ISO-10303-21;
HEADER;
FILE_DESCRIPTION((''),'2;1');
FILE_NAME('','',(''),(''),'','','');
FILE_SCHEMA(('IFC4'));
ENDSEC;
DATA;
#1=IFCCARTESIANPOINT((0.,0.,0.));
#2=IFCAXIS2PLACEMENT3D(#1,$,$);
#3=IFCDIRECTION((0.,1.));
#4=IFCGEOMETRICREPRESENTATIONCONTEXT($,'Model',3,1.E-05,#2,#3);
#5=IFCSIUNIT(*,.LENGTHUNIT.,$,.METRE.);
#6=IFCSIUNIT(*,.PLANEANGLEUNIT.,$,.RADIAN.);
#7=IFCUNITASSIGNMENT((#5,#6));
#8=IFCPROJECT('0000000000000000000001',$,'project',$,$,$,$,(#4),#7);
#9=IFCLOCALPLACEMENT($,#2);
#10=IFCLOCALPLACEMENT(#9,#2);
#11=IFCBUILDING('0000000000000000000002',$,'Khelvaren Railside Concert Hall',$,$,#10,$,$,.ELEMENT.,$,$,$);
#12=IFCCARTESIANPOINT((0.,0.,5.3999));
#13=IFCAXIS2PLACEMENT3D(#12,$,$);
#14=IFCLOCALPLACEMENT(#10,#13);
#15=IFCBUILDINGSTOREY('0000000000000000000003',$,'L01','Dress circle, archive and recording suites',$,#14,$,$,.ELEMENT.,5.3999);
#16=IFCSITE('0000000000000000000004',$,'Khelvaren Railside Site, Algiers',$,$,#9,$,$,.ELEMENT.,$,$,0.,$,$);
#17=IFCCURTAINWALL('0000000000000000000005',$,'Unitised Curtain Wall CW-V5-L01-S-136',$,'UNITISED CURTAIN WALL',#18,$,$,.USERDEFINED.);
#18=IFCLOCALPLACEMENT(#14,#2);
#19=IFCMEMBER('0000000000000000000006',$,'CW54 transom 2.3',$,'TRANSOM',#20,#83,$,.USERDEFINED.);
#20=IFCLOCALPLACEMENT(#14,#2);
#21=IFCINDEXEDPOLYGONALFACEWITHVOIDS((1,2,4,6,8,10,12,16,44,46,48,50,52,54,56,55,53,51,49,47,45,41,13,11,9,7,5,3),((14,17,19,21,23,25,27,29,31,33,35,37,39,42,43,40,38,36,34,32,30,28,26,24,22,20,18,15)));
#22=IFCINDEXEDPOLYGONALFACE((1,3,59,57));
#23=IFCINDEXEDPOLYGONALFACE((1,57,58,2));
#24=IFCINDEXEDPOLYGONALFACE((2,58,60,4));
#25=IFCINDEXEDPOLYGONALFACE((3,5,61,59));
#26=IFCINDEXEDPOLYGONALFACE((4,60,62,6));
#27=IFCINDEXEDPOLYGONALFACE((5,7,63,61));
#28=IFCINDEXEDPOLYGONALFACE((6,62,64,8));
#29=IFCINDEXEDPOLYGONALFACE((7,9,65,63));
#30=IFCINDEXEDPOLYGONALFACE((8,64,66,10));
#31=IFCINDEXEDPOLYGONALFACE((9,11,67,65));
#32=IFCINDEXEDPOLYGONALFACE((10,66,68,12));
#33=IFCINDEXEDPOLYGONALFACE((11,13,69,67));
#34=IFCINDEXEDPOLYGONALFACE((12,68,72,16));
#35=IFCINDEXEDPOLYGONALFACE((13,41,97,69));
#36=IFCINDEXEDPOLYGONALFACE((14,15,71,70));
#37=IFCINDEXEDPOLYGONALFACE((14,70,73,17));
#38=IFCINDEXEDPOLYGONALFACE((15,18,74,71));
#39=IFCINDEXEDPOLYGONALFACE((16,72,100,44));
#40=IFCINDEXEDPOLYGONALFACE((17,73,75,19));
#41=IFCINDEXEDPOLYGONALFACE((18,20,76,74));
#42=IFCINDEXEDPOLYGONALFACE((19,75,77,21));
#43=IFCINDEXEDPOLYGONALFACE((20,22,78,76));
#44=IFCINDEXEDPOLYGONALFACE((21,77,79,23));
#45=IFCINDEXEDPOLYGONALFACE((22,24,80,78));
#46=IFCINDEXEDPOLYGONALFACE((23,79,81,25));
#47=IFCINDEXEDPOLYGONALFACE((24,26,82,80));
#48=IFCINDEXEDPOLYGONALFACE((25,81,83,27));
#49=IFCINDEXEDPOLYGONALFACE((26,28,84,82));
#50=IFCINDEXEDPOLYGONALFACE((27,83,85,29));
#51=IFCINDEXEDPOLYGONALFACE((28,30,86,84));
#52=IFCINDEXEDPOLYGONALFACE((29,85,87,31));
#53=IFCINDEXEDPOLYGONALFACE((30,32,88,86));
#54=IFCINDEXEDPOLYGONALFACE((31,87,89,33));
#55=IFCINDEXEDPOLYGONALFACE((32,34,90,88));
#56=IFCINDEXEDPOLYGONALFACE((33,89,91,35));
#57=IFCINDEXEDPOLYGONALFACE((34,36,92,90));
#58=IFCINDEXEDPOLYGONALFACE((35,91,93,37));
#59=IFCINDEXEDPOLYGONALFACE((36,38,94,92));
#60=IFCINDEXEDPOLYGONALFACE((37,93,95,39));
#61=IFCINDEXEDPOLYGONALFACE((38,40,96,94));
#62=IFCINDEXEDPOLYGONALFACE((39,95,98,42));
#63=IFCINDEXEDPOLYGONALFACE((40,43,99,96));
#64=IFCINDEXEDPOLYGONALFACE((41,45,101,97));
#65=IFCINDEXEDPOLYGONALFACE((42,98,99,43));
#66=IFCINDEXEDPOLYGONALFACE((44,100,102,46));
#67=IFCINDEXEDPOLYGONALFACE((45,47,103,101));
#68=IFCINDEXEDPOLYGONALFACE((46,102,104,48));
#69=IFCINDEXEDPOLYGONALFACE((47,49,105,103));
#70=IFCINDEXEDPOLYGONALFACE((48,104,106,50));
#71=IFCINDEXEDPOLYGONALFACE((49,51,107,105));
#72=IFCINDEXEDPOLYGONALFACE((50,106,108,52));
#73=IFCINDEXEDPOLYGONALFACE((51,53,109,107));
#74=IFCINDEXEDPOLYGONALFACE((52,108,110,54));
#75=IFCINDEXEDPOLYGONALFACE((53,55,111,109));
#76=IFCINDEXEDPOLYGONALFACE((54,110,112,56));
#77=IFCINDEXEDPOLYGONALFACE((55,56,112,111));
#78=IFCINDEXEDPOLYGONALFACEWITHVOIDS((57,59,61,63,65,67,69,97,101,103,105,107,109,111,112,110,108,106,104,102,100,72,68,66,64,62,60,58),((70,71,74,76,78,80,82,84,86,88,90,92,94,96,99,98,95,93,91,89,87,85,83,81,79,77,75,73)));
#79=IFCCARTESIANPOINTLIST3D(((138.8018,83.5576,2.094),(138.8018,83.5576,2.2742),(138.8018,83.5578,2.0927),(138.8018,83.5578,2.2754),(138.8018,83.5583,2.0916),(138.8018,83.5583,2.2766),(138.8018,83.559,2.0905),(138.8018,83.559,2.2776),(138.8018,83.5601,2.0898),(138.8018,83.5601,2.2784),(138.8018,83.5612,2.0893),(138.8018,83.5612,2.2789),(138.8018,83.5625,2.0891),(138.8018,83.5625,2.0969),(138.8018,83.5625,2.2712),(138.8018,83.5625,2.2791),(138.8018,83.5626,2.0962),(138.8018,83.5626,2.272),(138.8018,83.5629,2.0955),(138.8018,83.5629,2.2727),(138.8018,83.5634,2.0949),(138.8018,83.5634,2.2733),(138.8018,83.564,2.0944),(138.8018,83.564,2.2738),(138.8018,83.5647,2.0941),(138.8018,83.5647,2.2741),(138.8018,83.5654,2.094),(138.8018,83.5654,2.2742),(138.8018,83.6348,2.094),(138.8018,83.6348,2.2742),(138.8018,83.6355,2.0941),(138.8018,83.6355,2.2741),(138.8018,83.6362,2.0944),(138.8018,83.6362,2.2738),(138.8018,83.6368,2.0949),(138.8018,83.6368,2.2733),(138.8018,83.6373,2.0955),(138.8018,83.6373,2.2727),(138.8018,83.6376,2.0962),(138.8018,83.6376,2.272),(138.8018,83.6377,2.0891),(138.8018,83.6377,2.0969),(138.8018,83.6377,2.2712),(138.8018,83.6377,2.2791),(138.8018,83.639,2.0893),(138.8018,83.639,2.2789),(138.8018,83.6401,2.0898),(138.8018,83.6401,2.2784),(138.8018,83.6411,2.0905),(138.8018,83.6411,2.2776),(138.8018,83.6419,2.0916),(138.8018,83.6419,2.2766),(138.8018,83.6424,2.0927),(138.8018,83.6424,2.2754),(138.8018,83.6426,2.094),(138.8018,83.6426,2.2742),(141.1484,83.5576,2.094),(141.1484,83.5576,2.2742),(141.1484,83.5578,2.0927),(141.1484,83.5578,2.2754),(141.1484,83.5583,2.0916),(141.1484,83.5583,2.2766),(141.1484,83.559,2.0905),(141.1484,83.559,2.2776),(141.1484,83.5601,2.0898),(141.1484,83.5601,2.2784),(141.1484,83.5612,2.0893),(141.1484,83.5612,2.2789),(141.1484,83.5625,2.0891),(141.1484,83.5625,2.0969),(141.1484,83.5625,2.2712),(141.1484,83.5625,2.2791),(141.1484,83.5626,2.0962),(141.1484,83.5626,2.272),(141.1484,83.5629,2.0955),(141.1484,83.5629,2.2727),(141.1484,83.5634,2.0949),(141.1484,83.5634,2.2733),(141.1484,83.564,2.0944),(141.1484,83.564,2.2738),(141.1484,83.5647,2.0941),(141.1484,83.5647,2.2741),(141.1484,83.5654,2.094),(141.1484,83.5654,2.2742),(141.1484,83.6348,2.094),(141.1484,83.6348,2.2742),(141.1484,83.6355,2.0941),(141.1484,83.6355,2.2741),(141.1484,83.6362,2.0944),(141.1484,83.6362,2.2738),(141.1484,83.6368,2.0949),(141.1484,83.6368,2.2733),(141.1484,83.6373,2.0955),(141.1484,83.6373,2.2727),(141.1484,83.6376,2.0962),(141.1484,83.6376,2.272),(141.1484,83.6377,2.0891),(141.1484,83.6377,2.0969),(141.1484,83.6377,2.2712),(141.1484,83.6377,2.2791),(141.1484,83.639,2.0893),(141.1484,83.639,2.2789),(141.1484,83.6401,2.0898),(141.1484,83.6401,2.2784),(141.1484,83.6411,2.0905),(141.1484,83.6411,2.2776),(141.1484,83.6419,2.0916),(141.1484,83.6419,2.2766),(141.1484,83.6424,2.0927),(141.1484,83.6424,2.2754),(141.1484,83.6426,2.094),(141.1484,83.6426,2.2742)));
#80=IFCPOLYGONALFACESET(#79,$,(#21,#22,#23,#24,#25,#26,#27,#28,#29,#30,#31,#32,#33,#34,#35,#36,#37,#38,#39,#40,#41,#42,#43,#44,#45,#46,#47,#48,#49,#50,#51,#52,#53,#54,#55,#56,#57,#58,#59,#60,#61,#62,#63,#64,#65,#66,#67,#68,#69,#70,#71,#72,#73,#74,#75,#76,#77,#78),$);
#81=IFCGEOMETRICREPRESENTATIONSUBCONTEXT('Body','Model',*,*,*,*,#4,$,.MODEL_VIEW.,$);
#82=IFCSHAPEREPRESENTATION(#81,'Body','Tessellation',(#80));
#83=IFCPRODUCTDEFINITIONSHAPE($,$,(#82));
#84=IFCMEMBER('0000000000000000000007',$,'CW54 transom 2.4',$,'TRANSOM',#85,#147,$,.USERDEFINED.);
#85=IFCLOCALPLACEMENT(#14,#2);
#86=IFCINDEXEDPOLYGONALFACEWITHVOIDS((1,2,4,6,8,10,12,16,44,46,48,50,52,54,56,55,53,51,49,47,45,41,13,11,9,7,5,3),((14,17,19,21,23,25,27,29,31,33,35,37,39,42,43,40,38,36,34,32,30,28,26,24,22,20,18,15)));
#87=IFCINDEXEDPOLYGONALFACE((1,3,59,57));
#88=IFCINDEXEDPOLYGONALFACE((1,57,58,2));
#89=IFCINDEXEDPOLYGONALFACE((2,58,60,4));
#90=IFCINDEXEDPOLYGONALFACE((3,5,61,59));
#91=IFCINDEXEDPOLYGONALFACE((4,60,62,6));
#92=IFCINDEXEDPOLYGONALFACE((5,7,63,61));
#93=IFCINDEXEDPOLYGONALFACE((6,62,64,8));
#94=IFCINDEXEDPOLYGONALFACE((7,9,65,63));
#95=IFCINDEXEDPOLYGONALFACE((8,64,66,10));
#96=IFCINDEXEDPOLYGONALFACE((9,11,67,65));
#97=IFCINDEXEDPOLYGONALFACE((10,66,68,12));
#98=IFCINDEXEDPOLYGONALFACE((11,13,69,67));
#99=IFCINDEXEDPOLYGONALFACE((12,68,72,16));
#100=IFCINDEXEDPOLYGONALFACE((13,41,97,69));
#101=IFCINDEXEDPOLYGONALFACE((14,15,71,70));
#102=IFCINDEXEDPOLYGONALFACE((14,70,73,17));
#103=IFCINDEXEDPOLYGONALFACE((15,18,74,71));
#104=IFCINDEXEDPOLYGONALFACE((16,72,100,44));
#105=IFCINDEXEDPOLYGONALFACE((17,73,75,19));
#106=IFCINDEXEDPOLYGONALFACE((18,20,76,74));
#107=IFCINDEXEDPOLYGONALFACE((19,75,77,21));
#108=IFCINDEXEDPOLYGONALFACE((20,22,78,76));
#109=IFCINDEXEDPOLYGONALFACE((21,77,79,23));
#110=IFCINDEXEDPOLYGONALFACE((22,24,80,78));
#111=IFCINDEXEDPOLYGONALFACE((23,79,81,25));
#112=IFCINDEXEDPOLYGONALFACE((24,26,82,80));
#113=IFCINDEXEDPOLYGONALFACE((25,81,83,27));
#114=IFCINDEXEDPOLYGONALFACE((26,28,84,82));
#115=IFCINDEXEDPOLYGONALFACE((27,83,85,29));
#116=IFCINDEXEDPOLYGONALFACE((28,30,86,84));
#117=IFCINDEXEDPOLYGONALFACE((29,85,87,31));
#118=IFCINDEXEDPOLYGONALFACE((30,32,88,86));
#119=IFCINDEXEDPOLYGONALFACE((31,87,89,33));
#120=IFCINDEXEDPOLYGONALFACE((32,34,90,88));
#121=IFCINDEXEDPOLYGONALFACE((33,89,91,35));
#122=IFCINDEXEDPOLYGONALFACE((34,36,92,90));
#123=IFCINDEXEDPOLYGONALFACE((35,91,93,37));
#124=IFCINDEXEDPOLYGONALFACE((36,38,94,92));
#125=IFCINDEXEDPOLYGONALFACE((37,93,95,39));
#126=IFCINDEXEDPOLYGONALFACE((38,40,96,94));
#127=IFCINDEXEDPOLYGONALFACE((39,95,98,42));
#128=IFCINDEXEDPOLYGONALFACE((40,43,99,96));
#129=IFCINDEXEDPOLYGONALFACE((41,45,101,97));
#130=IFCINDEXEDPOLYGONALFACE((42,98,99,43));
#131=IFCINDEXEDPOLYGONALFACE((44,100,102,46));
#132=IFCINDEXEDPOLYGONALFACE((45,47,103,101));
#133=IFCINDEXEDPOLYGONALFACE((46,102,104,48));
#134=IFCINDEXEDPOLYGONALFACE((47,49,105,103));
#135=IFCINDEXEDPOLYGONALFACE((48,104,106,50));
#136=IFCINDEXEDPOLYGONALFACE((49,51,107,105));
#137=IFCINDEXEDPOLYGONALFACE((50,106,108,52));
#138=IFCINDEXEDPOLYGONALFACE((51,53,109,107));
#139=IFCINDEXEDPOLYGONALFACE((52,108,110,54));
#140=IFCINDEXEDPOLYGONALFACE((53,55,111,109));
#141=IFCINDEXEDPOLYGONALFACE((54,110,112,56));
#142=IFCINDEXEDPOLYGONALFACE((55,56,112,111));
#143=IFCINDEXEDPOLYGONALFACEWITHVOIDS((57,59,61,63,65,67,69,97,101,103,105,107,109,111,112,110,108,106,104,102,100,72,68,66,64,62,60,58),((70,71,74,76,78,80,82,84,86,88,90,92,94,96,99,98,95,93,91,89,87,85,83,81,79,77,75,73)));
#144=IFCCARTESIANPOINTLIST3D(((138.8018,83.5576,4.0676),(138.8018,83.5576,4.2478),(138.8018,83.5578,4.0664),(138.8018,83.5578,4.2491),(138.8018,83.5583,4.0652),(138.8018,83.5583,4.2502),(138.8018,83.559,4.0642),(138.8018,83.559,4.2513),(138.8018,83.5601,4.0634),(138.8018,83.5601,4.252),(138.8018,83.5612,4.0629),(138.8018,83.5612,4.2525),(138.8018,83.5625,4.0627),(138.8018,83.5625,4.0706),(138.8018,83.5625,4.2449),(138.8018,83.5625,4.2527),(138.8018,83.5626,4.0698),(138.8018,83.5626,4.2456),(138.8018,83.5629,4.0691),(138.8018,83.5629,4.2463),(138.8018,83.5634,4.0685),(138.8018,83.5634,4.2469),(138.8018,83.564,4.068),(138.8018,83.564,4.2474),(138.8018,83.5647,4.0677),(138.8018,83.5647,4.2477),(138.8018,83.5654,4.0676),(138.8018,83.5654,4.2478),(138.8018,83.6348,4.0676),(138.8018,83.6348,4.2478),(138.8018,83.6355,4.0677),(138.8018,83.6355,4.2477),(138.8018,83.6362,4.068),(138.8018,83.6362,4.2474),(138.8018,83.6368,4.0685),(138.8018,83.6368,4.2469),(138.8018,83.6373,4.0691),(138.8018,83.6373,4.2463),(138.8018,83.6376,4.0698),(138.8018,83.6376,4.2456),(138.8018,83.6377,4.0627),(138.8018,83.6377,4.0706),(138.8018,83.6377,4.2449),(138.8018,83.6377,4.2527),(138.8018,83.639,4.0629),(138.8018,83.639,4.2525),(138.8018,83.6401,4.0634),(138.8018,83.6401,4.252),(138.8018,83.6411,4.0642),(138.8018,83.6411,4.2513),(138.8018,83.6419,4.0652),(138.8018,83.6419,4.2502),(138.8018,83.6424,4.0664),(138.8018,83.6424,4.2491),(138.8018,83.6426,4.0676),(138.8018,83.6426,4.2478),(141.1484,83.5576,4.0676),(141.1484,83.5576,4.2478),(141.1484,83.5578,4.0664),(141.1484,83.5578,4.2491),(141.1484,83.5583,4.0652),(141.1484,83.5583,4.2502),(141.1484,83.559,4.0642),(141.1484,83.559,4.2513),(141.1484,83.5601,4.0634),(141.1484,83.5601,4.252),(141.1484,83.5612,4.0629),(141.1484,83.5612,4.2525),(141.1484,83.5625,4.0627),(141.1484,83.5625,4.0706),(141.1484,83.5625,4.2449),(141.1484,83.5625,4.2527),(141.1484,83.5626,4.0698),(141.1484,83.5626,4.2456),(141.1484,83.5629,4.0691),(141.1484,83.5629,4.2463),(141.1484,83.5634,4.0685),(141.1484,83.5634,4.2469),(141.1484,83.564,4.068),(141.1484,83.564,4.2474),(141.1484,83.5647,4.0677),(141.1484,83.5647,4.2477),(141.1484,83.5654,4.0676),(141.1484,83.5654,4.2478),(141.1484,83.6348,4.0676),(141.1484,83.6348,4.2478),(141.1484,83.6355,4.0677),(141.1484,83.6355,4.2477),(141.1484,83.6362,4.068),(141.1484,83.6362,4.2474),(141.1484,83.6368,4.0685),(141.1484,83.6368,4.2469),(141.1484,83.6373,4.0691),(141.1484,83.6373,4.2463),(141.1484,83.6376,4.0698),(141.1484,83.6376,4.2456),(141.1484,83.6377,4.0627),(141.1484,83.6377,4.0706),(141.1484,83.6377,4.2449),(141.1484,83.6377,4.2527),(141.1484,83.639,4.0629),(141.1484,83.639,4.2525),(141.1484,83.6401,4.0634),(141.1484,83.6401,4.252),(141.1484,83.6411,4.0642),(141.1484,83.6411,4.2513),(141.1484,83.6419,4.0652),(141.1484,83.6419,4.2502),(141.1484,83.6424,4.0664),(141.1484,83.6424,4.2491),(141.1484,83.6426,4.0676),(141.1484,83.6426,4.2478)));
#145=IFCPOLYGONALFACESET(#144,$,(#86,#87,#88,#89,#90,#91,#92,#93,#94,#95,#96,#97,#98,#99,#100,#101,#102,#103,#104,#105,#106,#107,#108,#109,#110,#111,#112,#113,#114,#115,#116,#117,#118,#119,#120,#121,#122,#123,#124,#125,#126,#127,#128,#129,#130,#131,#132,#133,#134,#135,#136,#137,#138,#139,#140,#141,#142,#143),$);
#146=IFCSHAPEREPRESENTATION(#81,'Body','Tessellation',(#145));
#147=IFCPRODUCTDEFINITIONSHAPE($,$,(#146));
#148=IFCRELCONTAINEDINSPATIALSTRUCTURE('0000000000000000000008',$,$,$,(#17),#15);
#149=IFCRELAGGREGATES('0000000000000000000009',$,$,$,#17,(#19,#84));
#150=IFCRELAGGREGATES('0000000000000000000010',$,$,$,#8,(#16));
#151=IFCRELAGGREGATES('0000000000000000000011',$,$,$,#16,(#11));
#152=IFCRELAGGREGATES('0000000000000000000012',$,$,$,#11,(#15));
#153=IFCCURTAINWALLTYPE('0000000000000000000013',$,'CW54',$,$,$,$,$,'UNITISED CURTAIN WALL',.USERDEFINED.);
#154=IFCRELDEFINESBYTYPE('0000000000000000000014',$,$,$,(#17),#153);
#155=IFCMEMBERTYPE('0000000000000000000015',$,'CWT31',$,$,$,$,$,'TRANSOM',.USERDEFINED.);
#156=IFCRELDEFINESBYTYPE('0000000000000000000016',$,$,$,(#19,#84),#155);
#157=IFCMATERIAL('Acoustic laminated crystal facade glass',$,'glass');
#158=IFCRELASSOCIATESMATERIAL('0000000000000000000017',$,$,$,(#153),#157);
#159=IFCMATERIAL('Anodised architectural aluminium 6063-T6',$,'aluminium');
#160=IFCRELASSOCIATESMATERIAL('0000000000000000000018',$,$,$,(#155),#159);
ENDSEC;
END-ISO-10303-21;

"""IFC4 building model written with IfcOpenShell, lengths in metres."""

from ifc_helpers import new_model, si_unit, direction, frame, origin, origin_2d, place, context, subcontext, project, spatial, hollow_rectangle, extrude, material, material_profile, profile_set, type_object, element, aggregate, save


model = new_model("IFC4")

# Units and contexts
model_context = context("Model", 3, precision=1e-05, world=origin(), true_north=direction((0.0, 1.0)))
body_context = subcontext(model_context, "Body", "Model", "MODEL_VIEW")
ifc_project = project(units=[si_unit("LENGTHUNIT", "METRE"), si_unit("PLANEANGLEUNIT", "RADIAN")], contexts=[model_context])

# Site, building, storey
site_placement = place(None, origin())
site = spatial("IfcSite", under=ifc_project, at=site_placement, Name="Khelvaren Railside Site, Algiers", CompositionType="ELEMENT", RefElevation=0.0)
building_placement = place(site_placement, origin())
building = spatial("IfcBuilding", under=site, at=building_placement, Name="Khelvaren Railside Concert Hall", CompositionType="ELEMENT")
storey_placement = place(building_placement, frame((0.0, 0.0, 5.3999)))
storey = spatial("IfcBuildingStorey", under=building, at=storey_placement, Name="L01", Description="Dress circle, archive and recording suites", CompositionType="ELEMENT", Elevation=5.3999)

# Curtain wall, members
ifc_material_1 = material(Name="Acoustic laminated crystal facade glass", Category="glass")
curtain_wall_type = type_object("IfcCurtainWallType", Name="CW54", ElementType="UNITISED CURTAIN WALL", PredefinedType="USERDEFINED", material=ifc_material_1)
curtain_wall_placement = place(storey_placement, origin())
curtain_wall = element("IfcCurtainWall", 1, at=curtain_wall_placement, inside=storey, type_object=curtain_wall_type, Name="Unitised Curtain Wall CW-V5-L01-S-136", ObjectType="UNITISED CURTAIN WALL", PredefinedType="USERDEFINED")
ifc_material_2 = material(Name="Anodised architectural aluminium 6063-T6", Category="aluminium")
ifc_material_profile_1 = material_profile(ifc_material_2, hollow_rectangle(XDim=0.085, YDim=0.1899, WallThickness=0.0049, InnerFilletRadius=0.0029, OuterFilletRadius=0.0049, at=origin_2d()), Name="CWT 85x190x5")
ifc_profile_set_1 = profile_set([ifc_material_profile_1], Name="Anodised architectural aluminium 6063-T6")
member_type_1 = type_object("IfcMemberType", Name="CWT31", ElementType="TRANSOM", PredefinedType="USERDEFINED", material=ifc_profile_set_1)
member_1_placement = place(storey_placement, frame((141.1484, 83.6001, 2.1841), z_axis=(-1.0, 0.0, 0.0), x_axis=(0.0, -1.0, 0.0)))
member_1 = element("IfcMember", 2, at=member_1_placement, type_object=member_type_1, Name="CW54 transom 2.3", ObjectType="TRANSOM", PredefinedType="USERDEFINED", context=body_context, shape_type="SweptSolid", body=[
    extrude(hollow_rectangle(XDim=0.085, YDim=0.1899, WallThickness=0.0049, InnerFilletRadius=0.0029, OuterFilletRadius=0.0049, at=origin_2d()), origin(), (0.0, 0.0, 1.0), 2.3467),
])
member_2_placement = place(storey_placement, frame((141.1484, 83.6001, 4.1577), z_axis=(-1.0, 0.0, 0.0), x_axis=(0.0, -1.0, 0.0)))
member_2 = element("IfcMember", 3, at=member_2_placement, type_object=member_type_1, Name="CW54 transom 2.4", ObjectType="TRANSOM", PredefinedType="USERDEFINED", context=body_context, shape_type="SweptSolid", body=[
    extrude(hollow_rectangle(XDim=0.085, YDim=0.1899, WallThickness=0.0049, InnerFilletRadius=0.0029, OuterFilletRadius=0.0049, at=origin_2d()), origin(), (0.0, 0.0, 1.0), 2.3467),
])

aggregate(curtain_wall, [member_1, member_2])

save(model, "model.ifc")
